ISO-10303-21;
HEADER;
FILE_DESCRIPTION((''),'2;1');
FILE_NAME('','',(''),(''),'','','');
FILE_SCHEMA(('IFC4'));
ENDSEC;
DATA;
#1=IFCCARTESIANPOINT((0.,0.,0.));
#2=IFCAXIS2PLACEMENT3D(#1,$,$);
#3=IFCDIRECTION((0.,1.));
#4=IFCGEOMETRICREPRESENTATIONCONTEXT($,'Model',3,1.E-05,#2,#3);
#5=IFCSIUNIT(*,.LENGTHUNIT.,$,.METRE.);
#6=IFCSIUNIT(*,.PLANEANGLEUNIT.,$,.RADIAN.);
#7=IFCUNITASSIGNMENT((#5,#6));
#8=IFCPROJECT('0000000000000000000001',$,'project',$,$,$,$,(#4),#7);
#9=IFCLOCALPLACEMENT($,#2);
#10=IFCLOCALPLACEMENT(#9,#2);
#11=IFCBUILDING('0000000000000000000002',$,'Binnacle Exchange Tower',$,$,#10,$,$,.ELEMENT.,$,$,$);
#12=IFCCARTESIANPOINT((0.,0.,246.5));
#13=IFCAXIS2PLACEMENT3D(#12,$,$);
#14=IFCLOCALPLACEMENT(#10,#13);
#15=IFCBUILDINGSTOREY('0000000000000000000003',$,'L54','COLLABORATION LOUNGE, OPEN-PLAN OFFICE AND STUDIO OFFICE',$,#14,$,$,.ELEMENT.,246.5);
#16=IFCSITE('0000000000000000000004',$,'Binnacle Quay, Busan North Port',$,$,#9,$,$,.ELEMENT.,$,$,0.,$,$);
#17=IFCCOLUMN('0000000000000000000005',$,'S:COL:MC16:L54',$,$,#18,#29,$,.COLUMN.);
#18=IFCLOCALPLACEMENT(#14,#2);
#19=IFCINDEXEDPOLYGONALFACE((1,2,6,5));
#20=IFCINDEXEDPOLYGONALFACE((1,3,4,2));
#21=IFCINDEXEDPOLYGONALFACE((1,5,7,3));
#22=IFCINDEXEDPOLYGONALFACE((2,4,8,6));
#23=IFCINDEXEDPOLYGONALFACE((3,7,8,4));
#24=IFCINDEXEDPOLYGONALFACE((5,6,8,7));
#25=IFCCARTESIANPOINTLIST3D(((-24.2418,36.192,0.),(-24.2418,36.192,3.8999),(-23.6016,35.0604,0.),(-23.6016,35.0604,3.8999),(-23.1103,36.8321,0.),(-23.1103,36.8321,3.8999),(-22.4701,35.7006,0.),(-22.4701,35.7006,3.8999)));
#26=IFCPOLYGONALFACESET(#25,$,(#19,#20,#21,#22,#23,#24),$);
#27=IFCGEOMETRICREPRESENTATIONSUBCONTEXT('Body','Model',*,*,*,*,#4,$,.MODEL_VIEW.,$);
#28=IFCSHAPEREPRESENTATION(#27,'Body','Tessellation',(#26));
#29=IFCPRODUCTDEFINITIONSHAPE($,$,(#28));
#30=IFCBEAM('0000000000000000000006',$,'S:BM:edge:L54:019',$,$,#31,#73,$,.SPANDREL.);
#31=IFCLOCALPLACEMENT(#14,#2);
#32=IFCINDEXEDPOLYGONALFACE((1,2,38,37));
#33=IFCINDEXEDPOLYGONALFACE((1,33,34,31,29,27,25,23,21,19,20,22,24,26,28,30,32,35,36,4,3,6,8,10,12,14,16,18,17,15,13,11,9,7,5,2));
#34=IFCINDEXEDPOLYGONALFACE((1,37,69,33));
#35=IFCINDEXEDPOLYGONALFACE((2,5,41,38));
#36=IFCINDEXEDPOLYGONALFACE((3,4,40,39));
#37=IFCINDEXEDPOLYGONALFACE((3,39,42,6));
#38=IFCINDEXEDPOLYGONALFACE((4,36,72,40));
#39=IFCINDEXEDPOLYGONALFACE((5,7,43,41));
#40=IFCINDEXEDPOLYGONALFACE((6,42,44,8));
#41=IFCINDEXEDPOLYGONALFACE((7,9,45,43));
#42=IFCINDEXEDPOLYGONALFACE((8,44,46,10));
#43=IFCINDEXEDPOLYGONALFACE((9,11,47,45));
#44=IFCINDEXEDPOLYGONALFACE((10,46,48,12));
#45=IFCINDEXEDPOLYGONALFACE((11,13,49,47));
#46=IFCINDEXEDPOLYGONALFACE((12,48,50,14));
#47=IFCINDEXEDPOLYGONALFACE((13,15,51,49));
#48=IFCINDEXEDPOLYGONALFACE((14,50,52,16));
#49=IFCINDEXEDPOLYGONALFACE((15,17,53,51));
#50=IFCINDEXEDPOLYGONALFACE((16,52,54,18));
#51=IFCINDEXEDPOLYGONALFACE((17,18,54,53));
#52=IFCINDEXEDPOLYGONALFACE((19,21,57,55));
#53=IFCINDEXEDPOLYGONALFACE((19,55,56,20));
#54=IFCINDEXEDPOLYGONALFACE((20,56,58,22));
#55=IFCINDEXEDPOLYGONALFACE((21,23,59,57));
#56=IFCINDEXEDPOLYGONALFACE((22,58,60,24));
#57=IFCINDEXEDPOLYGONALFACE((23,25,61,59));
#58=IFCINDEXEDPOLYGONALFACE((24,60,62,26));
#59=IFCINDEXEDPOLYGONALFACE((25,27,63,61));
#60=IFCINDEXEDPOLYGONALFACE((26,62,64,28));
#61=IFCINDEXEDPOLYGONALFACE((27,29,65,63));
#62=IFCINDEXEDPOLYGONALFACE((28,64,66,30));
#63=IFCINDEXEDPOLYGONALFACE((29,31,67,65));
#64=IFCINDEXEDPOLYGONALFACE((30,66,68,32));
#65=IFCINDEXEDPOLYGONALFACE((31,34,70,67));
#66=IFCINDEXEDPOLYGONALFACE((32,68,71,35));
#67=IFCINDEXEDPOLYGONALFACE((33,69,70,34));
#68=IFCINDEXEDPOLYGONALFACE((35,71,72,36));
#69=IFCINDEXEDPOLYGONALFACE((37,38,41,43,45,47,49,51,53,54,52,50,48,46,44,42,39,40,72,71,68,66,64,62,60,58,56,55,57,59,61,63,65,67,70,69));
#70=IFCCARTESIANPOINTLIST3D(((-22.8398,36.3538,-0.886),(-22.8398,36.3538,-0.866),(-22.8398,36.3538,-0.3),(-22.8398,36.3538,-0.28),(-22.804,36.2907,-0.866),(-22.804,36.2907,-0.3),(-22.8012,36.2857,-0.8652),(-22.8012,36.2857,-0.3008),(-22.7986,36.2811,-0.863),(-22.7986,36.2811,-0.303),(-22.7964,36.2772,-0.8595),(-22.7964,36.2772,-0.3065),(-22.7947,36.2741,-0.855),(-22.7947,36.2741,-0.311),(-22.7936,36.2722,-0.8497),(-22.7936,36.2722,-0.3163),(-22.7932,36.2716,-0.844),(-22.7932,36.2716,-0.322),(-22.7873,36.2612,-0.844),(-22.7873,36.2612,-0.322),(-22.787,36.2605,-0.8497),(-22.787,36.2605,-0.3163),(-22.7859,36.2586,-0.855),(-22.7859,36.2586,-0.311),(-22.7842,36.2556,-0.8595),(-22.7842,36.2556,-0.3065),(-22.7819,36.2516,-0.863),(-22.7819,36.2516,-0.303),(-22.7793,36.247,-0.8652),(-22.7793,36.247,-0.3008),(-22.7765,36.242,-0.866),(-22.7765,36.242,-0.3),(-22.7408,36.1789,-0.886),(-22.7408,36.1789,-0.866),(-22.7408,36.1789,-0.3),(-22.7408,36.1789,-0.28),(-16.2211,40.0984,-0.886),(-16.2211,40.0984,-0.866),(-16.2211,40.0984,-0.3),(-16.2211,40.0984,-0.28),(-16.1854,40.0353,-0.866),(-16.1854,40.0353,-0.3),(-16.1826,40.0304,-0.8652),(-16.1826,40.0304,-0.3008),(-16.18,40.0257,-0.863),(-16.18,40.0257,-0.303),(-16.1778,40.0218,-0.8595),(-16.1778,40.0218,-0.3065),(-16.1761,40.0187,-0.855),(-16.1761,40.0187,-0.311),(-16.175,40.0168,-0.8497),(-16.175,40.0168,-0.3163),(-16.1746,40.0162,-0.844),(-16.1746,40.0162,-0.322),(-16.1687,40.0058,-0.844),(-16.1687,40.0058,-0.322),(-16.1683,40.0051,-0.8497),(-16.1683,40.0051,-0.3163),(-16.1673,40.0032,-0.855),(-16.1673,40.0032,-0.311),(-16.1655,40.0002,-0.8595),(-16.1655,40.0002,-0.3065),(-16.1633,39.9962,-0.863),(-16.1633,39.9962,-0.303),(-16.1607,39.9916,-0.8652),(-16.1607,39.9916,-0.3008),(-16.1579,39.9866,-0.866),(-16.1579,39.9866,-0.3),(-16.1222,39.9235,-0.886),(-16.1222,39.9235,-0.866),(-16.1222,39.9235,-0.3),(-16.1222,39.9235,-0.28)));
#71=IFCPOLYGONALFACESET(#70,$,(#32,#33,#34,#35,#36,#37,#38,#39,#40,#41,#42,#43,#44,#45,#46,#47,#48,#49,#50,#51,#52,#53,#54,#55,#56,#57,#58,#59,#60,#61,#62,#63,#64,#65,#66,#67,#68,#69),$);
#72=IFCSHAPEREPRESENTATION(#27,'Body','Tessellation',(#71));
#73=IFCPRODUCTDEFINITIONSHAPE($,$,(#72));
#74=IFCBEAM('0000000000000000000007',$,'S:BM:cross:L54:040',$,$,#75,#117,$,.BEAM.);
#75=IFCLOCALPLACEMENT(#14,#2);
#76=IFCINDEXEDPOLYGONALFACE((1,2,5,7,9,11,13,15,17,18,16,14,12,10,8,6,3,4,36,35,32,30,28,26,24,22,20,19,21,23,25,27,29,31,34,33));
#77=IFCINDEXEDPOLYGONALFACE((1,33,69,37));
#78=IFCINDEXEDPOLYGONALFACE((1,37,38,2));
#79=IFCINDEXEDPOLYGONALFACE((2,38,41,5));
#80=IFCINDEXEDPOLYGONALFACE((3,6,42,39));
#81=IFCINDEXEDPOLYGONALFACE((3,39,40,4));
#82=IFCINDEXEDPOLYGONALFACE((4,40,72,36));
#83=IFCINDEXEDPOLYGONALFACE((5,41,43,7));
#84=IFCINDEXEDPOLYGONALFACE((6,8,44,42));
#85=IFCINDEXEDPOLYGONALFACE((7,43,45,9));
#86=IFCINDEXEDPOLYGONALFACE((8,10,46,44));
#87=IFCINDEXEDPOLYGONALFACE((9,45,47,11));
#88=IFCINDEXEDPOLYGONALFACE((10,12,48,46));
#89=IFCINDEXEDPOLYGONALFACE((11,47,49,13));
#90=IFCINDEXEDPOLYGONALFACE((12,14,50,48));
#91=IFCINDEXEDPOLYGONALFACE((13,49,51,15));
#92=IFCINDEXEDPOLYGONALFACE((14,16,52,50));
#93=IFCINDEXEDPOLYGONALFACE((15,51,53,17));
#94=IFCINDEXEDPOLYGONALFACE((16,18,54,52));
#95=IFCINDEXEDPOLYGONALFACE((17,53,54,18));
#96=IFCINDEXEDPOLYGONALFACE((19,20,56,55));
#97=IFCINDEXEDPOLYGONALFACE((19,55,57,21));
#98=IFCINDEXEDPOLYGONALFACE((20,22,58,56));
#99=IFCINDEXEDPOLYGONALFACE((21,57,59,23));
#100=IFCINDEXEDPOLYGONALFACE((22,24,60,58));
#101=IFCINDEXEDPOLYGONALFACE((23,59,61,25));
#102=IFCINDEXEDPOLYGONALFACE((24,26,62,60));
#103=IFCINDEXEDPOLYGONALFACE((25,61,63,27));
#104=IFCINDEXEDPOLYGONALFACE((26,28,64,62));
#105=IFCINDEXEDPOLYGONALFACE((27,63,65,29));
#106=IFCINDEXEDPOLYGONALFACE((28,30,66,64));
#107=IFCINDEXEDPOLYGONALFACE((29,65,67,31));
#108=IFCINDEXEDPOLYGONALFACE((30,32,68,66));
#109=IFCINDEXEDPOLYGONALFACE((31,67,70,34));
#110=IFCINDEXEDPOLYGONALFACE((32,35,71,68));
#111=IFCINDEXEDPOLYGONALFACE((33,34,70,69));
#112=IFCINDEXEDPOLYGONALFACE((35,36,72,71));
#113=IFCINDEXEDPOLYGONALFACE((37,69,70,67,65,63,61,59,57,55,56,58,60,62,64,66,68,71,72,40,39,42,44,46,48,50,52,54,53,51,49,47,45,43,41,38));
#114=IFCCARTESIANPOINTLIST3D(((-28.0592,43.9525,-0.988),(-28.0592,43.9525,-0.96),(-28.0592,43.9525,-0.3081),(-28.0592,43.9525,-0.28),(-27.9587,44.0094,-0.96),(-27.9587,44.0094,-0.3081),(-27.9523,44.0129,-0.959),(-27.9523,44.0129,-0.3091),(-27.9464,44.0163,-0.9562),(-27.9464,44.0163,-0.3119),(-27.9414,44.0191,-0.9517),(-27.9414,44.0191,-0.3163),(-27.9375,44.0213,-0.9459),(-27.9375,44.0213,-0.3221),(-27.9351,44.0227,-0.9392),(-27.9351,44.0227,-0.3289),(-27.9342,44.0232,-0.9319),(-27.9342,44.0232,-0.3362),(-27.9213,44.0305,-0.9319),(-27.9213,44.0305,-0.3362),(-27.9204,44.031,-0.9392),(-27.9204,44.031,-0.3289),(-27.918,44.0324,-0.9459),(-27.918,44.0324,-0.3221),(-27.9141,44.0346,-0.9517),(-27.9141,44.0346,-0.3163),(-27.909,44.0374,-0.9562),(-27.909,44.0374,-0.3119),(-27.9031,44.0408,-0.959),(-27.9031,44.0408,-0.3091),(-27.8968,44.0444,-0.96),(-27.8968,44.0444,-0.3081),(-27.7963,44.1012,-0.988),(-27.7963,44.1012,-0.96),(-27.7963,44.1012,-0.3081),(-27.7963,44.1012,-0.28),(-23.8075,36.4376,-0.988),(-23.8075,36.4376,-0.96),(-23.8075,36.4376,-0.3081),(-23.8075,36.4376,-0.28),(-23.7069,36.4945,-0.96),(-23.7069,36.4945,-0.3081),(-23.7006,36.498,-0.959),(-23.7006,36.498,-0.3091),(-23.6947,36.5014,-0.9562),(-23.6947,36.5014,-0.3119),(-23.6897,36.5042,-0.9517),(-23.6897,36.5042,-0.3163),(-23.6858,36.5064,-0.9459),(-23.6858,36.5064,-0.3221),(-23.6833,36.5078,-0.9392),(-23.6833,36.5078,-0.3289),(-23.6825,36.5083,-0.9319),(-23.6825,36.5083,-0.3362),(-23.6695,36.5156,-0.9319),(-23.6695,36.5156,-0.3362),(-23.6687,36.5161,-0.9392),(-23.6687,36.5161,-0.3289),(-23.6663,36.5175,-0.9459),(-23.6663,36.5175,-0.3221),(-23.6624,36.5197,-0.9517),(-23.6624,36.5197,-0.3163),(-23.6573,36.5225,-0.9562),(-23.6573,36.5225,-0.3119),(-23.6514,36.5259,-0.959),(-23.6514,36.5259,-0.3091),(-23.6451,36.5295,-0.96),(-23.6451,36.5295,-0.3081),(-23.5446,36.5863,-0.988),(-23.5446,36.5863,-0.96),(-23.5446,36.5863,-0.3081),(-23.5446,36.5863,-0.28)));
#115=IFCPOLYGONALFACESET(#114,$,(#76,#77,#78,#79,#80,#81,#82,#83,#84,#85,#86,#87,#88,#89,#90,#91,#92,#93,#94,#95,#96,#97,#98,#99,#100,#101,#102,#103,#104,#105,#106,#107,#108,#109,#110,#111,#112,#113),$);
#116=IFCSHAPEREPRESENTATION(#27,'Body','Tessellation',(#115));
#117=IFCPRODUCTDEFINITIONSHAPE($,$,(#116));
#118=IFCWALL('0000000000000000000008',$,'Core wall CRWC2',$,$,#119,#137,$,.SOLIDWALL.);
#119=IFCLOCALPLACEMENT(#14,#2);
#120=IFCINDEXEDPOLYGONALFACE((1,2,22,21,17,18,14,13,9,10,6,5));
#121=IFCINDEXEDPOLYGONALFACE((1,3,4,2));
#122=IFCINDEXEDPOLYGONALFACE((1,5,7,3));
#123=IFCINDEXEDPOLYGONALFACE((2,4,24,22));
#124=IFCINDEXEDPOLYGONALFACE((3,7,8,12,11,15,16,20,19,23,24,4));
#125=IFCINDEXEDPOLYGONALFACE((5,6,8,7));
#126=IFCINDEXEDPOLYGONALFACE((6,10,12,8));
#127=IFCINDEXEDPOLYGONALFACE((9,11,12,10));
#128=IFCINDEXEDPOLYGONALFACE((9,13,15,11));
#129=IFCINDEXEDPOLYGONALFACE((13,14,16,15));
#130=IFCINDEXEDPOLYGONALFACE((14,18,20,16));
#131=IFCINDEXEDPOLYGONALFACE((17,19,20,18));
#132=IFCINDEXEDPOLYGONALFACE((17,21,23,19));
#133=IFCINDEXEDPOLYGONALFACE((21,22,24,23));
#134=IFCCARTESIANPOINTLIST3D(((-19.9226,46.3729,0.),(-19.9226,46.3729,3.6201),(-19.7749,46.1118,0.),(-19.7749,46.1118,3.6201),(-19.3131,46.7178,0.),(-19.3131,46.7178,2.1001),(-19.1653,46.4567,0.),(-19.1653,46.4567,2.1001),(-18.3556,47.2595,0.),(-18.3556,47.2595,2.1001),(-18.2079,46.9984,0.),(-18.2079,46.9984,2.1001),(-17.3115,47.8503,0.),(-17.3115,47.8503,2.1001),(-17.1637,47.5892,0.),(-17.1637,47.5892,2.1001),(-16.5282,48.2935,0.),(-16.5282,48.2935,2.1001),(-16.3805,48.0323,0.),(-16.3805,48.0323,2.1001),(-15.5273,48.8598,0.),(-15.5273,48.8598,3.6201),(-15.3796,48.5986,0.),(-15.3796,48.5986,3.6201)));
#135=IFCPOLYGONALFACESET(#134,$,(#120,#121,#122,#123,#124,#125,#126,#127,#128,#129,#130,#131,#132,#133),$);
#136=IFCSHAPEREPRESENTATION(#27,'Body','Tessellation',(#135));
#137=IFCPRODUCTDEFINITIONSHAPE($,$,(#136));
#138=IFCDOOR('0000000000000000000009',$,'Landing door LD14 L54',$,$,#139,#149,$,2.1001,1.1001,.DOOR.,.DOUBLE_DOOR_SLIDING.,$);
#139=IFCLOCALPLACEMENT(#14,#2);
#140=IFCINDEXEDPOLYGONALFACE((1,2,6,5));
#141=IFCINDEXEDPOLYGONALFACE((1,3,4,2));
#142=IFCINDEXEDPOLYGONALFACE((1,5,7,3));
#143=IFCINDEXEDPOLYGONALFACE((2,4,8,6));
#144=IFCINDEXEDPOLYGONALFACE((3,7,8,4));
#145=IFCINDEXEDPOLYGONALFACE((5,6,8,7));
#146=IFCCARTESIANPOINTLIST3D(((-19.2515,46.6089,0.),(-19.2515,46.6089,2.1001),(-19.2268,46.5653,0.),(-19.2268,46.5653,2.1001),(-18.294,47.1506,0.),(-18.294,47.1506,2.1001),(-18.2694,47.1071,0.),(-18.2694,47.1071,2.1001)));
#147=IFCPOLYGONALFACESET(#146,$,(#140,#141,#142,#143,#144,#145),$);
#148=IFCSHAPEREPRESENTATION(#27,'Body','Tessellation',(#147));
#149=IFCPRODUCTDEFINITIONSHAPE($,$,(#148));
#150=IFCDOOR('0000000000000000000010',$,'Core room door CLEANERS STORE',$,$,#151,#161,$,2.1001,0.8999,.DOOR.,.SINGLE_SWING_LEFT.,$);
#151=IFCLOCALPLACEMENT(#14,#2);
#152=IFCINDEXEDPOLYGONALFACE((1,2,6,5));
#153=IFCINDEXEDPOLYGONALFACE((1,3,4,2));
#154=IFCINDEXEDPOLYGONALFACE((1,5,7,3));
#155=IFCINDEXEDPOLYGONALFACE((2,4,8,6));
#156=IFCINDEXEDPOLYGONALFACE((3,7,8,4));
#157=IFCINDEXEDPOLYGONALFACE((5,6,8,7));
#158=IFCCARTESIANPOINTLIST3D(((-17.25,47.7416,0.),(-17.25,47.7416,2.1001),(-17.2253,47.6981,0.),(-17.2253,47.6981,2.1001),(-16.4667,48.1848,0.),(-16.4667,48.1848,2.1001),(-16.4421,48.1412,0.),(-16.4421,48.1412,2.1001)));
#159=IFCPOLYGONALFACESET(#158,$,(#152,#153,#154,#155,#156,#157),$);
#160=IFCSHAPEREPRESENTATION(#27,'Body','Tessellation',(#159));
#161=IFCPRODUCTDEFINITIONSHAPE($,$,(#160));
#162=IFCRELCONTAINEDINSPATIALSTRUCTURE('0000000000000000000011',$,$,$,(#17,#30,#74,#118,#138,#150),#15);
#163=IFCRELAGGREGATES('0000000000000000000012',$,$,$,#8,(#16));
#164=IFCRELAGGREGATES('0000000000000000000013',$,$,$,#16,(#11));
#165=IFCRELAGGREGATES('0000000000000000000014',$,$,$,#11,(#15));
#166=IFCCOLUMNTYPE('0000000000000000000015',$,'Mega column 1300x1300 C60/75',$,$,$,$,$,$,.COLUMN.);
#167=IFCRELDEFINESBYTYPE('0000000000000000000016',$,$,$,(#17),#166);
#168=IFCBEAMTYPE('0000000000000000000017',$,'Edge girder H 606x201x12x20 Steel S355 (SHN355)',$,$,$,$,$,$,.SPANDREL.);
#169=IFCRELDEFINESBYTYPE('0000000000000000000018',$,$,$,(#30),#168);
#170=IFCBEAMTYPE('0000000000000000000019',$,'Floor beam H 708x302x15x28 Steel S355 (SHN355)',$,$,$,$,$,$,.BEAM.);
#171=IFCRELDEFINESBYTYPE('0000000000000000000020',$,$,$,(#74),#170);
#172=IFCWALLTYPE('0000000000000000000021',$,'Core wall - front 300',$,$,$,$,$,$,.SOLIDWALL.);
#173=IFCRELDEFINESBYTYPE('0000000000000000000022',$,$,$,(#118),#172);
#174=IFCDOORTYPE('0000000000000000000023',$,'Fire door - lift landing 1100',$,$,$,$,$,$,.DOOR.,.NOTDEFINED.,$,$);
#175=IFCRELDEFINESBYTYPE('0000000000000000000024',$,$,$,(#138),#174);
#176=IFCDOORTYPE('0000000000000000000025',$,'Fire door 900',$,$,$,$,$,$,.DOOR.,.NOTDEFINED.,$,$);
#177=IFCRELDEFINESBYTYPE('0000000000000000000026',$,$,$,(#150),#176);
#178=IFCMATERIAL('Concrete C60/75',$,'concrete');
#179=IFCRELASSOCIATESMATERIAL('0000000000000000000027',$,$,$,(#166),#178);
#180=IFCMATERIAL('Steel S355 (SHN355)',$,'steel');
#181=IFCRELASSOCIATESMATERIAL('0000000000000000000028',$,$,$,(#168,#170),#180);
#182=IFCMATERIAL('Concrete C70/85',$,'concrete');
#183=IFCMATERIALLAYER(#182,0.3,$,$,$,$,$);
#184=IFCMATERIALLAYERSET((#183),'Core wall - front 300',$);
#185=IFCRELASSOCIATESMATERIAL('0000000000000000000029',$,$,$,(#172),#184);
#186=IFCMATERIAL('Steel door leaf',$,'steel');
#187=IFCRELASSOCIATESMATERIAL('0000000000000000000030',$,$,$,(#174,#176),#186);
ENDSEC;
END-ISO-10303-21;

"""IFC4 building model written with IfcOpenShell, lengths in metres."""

from ifc_helpers import new_model, si_unit, direction, frame, frame_2d, origin, origin_2d, place, context, subcontext, project, spatial, rectangle, i_section, extrude, material, layer, layer_set, material_profile, profile_set, type_object, element, fill, save


model = new_model("IFC4")

# Units and contexts
model_context = context("Model", 3, precision=1e-05, world=origin(), true_north=direction((0.0, 1.0)))
body_context = subcontext(model_context, "Body", "Model", "MODEL_VIEW")
ifc_project = project(units=[si_unit("LENGTHUNIT", "METRE"), si_unit("PLANEANGLEUNIT", "RADIAN")], contexts=[model_context])

# Site, building, storey
site_placement = place(None, origin())
site = spatial("IfcSite", under=ifc_project, at=site_placement, Name="Binnacle Quay, Busan North Port", CompositionType="ELEMENT", RefElevation=0.0)
building_placement = place(site_placement, origin())
building = spatial("IfcBuilding", under=site, at=building_placement, Name="Binnacle Exchange Tower", CompositionType="ELEMENT")
storey_placement = place(building_placement, frame((0.0, 0.0, 246.5)))
storey = spatial("IfcBuildingStorey", under=building, at=storey_placement, Name="L54", Description="COLLABORATION LOUNGE, OPEN-PLAN OFFICE AND STUDIO OFFICE", CompositionType="ELEMENT", Elevation=246.5)

# Column
ifc_material_1 = material(Name="Concrete C60/75", Category="concrete")
ifc_material_profile_1 = material_profile(ifc_material_1, rectangle(XDim=1.3, YDim=1.3, at=origin_2d()), Name="Mega column 1300x1300 C60/75")
ifc_profile_set_1 = profile_set([ifc_material_profile_1], Name="Concrete C60/75")
column_type = type_object("IfcColumnType", Name="Mega column 1300x1300 C60/75", PredefinedType="COLUMN", material=ifc_profile_set_1)
column_placement = place(storey_placement, frame((-23.356, 35.9463, 0.0), z_axis=(0.0, 0.0, 1.0), x_axis=(0.870356, 0.492424, 0.0)))
element("IfcColumn", 1, at=column_placement, inside=storey, type_object=column_type, Name="S:COL:MC16:L54", PredefinedType="COLUMN", context=body_context, shape_type="SweptSolid", body=[
    extrude(rectangle(XDim=1.3, YDim=1.3, at=origin_2d()), origin(), (0.0, 0.0, 1.0), 3.8999),
])

# Beams
ifc_material_2 = material(Name="Steel S355 (SHN355)", Category="steel")
ifc_material_profile_2 = material_profile(ifc_material_2, i_section(OverallWidth=0.2009, OverallDepth=0.606, WebThickness=0.012, FlangeThickness=0.02, FilletRadius=0.022, at=origin_2d()), Name="H 606x201x12x20")
ifc_profile_set_2 = profile_set([ifc_material_profile_2], Name="Steel S355 (SHN355)")
beam_type_1 = type_object("IfcBeamType", Name="Edge girder H 606x201x12x20 Steel S355 (SHN355)", PredefinedType="SPANDREL", material=ifc_profile_set_2)
beam_1_placement = place(storey_placement, frame((-22.7903, 36.2664, -0.583), z_axis=(0.870357, 0.492421, 0.0), x_axis=(-0.492421, 0.870357, 0.0)))
element("IfcBeam", 2, at=beam_1_placement, inside=storey, type_object=beam_type_1, Name="S:BM:edge:L54:019", PredefinedType="SPANDREL", context=body_context, shape_type="SweptSolid", body=[
    extrude(i_section(OverallWidth=0.2009, OverallDepth=0.606, WebThickness=0.012, FlangeThickness=0.02, FilletRadius=0.022, at=origin_2d()), origin(), (0.0, 0.0, 1.0), 7.6045),
])
ifc_material_profile_3 = material_profile(ifc_material_2, i_section(OverallWidth=0.302, OverallDepth=0.708, WebThickness=0.0149, FlangeThickness=0.0281, FilletRadius=0.0281, at=origin_2d()), Name="H 708x302x15x28")
ifc_profile_set_3 = profile_set([ifc_material_profile_3], Name="Steel S355 (SHN355)")
beam_type_2 = type_object("IfcBeamType", Name="Floor beam H 708x302x15x28 Steel S355 (SHN355)", PredefinedType="BEAM", material=ifc_profile_set_3)
beam_2_placement = place(storey_placement, frame((-23.676, 36.512, -0.634), z_axis=(-0.492422, 0.870356, 0.0), x_axis=(-0.870356, -0.492422, 0.0)))
element("IfcBeam", 3, at=beam_2_placement, inside=storey, type_object=beam_type_2, Name="S:BM:cross:L54:040", PredefinedType="BEAM", context=body_context, shape_type="SweptSolid", body=[
    extrude(i_section(OverallWidth=0.302, OverallDepth=0.708, WebThickness=0.0149, FlangeThickness=0.0281, FilletRadius=0.0281, at=origin_2d()), origin(), (0.0, 0.0, 1.0), 8.6343),
])

# Wall, openings, doors
ifc_material_3 = material(Name="Concrete C70/85", Category="concrete")
ifc_layer_1 = layer(ifc_material_3, 0.3)
ifc_layer_set_1 = layer_set([ifc_layer_1], Name="Core wall - front 300")
wall_type_1 = type_object("IfcWallType", Name="Core wall - front 300", PredefinedType="SOLIDWALL", material=ifc_layer_set_1)
wall_1_placement = place(storey_placement, frame((-19.8486, 46.2424, 0.0), z_axis=(0.0, 0.0, 1.0), x_axis=(0.870348, 0.492438, 0.0)))
wall_1 = element("IfcWall", 4, at=wall_1_placement, inside=storey, type_object=wall_type_1, Name="Core wall CRWC2", PredefinedType="SOLIDWALL", context=body_context, shape_type="SweptSolid", body=[
    extrude(rectangle(XDim=5.05, YDim=0.3, at=frame_2d((2.5249, 0.0))), origin(), (0.0, 0.0, 1.0), 3.6201),
])
opening_1_placement = place(wall_1_placement, frame((0.7002, 0.0, 0.0)))
opening_1 = element("IfcOpeningElement", 5, at=opening_1_placement, cuts=wall_1, PredefinedType="OPENING", context=body_context, shape_type="SweptSolid", body=[
    extrude(rectangle(XDim=1.1001, YDim=2.1001, at=frame_2d((0.55, 1.05))), frame((0.0, 0.1599, 0.0), z_axis=(0.0, -1.0, 0.0), x_axis=(1.0, 0.0, 0.0)), (0.0, 0.0, 1.0), 0.3201),
])
opening_2_placement = place(wall_1_placement, frame((3.0, 0.0, 0.0)))
opening_2 = element("IfcOpeningElement", 6, at=opening_2_placement, cuts=wall_1, PredefinedType="OPENING", context=body_context, shape_type="SweptSolid", body=[
    extrude(rectangle(XDim=0.8999, YDim=2.1001, at=frame_2d((0.45, 1.05))), frame((0.0, 0.1599, 0.0), z_axis=(0.0, -1.0, 0.0), x_axis=(1.0, 0.0, 0.0)), (0.0, 0.0, 1.0), 0.3201),
])
ifc_material_4 = material(Name="Steel door leaf", Category="steel")
door_type_1 = type_object("IfcDoorType", Name="Fire door - lift landing 1100", OperationType="NOTDEFINED", PredefinedType="DOOR", material=ifc_material_4)
door_1_placement = place(opening_1_placement, origin())
door_1 = element("IfcDoor", 7, at=door_1_placement, inside=storey, type_object=door_type_1, Name="Landing door LD14 L54", OperationType="DOUBLE_DOOR_SLIDING", OverallHeight=2.1001, OverallWidth=1.1001, PredefinedType="DOOR", context=body_context, shape_type="SweptSolid", body=[
    extrude(rectangle(XDim=1.1001, YDim=2.1001, at=frame_2d((0.55, 1.05))), frame((0.0, 0.0249, 0.0), z_axis=(0.0, -1.0, 0.0), x_axis=(1.0, 0.0, 0.0)), (0.0, 0.0, 1.0), 0.05),
])
fill(opening_1, door_1)
door_type_2 = type_object("IfcDoorType", Name="Fire door 900", OperationType="NOTDEFINED", PredefinedType="DOOR", material=ifc_material_4)
door_2_placement = place(opening_2_placement, frame((0.8999, 0.0, 0.0), z_axis=(0.0, 0.0, 1.0), x_axis=(-1.0, 0.0, 0.0)))
door_2 = element("IfcDoor", 8, at=door_2_placement, inside=storey, type_object=door_type_2, Name="Core room door CLEANERS STORE", OperationType="SINGLE_SWING_LEFT", OverallHeight=2.1001, OverallWidth=0.8999, PredefinedType="DOOR", context=body_context, shape_type="SweptSolid", body=[
    extrude(rectangle(XDim=0.8999, YDim=2.1001, at=frame_2d((0.45, 1.05))), frame((0.0, 0.0249, 0.0), z_axis=(0.0, -1.0, 0.0), x_axis=(1.0, 0.0, 0.0)), (0.0, 0.0, 1.0), 0.05),
])
fill(opening_2, door_2)

save(model, "model.ifc")
